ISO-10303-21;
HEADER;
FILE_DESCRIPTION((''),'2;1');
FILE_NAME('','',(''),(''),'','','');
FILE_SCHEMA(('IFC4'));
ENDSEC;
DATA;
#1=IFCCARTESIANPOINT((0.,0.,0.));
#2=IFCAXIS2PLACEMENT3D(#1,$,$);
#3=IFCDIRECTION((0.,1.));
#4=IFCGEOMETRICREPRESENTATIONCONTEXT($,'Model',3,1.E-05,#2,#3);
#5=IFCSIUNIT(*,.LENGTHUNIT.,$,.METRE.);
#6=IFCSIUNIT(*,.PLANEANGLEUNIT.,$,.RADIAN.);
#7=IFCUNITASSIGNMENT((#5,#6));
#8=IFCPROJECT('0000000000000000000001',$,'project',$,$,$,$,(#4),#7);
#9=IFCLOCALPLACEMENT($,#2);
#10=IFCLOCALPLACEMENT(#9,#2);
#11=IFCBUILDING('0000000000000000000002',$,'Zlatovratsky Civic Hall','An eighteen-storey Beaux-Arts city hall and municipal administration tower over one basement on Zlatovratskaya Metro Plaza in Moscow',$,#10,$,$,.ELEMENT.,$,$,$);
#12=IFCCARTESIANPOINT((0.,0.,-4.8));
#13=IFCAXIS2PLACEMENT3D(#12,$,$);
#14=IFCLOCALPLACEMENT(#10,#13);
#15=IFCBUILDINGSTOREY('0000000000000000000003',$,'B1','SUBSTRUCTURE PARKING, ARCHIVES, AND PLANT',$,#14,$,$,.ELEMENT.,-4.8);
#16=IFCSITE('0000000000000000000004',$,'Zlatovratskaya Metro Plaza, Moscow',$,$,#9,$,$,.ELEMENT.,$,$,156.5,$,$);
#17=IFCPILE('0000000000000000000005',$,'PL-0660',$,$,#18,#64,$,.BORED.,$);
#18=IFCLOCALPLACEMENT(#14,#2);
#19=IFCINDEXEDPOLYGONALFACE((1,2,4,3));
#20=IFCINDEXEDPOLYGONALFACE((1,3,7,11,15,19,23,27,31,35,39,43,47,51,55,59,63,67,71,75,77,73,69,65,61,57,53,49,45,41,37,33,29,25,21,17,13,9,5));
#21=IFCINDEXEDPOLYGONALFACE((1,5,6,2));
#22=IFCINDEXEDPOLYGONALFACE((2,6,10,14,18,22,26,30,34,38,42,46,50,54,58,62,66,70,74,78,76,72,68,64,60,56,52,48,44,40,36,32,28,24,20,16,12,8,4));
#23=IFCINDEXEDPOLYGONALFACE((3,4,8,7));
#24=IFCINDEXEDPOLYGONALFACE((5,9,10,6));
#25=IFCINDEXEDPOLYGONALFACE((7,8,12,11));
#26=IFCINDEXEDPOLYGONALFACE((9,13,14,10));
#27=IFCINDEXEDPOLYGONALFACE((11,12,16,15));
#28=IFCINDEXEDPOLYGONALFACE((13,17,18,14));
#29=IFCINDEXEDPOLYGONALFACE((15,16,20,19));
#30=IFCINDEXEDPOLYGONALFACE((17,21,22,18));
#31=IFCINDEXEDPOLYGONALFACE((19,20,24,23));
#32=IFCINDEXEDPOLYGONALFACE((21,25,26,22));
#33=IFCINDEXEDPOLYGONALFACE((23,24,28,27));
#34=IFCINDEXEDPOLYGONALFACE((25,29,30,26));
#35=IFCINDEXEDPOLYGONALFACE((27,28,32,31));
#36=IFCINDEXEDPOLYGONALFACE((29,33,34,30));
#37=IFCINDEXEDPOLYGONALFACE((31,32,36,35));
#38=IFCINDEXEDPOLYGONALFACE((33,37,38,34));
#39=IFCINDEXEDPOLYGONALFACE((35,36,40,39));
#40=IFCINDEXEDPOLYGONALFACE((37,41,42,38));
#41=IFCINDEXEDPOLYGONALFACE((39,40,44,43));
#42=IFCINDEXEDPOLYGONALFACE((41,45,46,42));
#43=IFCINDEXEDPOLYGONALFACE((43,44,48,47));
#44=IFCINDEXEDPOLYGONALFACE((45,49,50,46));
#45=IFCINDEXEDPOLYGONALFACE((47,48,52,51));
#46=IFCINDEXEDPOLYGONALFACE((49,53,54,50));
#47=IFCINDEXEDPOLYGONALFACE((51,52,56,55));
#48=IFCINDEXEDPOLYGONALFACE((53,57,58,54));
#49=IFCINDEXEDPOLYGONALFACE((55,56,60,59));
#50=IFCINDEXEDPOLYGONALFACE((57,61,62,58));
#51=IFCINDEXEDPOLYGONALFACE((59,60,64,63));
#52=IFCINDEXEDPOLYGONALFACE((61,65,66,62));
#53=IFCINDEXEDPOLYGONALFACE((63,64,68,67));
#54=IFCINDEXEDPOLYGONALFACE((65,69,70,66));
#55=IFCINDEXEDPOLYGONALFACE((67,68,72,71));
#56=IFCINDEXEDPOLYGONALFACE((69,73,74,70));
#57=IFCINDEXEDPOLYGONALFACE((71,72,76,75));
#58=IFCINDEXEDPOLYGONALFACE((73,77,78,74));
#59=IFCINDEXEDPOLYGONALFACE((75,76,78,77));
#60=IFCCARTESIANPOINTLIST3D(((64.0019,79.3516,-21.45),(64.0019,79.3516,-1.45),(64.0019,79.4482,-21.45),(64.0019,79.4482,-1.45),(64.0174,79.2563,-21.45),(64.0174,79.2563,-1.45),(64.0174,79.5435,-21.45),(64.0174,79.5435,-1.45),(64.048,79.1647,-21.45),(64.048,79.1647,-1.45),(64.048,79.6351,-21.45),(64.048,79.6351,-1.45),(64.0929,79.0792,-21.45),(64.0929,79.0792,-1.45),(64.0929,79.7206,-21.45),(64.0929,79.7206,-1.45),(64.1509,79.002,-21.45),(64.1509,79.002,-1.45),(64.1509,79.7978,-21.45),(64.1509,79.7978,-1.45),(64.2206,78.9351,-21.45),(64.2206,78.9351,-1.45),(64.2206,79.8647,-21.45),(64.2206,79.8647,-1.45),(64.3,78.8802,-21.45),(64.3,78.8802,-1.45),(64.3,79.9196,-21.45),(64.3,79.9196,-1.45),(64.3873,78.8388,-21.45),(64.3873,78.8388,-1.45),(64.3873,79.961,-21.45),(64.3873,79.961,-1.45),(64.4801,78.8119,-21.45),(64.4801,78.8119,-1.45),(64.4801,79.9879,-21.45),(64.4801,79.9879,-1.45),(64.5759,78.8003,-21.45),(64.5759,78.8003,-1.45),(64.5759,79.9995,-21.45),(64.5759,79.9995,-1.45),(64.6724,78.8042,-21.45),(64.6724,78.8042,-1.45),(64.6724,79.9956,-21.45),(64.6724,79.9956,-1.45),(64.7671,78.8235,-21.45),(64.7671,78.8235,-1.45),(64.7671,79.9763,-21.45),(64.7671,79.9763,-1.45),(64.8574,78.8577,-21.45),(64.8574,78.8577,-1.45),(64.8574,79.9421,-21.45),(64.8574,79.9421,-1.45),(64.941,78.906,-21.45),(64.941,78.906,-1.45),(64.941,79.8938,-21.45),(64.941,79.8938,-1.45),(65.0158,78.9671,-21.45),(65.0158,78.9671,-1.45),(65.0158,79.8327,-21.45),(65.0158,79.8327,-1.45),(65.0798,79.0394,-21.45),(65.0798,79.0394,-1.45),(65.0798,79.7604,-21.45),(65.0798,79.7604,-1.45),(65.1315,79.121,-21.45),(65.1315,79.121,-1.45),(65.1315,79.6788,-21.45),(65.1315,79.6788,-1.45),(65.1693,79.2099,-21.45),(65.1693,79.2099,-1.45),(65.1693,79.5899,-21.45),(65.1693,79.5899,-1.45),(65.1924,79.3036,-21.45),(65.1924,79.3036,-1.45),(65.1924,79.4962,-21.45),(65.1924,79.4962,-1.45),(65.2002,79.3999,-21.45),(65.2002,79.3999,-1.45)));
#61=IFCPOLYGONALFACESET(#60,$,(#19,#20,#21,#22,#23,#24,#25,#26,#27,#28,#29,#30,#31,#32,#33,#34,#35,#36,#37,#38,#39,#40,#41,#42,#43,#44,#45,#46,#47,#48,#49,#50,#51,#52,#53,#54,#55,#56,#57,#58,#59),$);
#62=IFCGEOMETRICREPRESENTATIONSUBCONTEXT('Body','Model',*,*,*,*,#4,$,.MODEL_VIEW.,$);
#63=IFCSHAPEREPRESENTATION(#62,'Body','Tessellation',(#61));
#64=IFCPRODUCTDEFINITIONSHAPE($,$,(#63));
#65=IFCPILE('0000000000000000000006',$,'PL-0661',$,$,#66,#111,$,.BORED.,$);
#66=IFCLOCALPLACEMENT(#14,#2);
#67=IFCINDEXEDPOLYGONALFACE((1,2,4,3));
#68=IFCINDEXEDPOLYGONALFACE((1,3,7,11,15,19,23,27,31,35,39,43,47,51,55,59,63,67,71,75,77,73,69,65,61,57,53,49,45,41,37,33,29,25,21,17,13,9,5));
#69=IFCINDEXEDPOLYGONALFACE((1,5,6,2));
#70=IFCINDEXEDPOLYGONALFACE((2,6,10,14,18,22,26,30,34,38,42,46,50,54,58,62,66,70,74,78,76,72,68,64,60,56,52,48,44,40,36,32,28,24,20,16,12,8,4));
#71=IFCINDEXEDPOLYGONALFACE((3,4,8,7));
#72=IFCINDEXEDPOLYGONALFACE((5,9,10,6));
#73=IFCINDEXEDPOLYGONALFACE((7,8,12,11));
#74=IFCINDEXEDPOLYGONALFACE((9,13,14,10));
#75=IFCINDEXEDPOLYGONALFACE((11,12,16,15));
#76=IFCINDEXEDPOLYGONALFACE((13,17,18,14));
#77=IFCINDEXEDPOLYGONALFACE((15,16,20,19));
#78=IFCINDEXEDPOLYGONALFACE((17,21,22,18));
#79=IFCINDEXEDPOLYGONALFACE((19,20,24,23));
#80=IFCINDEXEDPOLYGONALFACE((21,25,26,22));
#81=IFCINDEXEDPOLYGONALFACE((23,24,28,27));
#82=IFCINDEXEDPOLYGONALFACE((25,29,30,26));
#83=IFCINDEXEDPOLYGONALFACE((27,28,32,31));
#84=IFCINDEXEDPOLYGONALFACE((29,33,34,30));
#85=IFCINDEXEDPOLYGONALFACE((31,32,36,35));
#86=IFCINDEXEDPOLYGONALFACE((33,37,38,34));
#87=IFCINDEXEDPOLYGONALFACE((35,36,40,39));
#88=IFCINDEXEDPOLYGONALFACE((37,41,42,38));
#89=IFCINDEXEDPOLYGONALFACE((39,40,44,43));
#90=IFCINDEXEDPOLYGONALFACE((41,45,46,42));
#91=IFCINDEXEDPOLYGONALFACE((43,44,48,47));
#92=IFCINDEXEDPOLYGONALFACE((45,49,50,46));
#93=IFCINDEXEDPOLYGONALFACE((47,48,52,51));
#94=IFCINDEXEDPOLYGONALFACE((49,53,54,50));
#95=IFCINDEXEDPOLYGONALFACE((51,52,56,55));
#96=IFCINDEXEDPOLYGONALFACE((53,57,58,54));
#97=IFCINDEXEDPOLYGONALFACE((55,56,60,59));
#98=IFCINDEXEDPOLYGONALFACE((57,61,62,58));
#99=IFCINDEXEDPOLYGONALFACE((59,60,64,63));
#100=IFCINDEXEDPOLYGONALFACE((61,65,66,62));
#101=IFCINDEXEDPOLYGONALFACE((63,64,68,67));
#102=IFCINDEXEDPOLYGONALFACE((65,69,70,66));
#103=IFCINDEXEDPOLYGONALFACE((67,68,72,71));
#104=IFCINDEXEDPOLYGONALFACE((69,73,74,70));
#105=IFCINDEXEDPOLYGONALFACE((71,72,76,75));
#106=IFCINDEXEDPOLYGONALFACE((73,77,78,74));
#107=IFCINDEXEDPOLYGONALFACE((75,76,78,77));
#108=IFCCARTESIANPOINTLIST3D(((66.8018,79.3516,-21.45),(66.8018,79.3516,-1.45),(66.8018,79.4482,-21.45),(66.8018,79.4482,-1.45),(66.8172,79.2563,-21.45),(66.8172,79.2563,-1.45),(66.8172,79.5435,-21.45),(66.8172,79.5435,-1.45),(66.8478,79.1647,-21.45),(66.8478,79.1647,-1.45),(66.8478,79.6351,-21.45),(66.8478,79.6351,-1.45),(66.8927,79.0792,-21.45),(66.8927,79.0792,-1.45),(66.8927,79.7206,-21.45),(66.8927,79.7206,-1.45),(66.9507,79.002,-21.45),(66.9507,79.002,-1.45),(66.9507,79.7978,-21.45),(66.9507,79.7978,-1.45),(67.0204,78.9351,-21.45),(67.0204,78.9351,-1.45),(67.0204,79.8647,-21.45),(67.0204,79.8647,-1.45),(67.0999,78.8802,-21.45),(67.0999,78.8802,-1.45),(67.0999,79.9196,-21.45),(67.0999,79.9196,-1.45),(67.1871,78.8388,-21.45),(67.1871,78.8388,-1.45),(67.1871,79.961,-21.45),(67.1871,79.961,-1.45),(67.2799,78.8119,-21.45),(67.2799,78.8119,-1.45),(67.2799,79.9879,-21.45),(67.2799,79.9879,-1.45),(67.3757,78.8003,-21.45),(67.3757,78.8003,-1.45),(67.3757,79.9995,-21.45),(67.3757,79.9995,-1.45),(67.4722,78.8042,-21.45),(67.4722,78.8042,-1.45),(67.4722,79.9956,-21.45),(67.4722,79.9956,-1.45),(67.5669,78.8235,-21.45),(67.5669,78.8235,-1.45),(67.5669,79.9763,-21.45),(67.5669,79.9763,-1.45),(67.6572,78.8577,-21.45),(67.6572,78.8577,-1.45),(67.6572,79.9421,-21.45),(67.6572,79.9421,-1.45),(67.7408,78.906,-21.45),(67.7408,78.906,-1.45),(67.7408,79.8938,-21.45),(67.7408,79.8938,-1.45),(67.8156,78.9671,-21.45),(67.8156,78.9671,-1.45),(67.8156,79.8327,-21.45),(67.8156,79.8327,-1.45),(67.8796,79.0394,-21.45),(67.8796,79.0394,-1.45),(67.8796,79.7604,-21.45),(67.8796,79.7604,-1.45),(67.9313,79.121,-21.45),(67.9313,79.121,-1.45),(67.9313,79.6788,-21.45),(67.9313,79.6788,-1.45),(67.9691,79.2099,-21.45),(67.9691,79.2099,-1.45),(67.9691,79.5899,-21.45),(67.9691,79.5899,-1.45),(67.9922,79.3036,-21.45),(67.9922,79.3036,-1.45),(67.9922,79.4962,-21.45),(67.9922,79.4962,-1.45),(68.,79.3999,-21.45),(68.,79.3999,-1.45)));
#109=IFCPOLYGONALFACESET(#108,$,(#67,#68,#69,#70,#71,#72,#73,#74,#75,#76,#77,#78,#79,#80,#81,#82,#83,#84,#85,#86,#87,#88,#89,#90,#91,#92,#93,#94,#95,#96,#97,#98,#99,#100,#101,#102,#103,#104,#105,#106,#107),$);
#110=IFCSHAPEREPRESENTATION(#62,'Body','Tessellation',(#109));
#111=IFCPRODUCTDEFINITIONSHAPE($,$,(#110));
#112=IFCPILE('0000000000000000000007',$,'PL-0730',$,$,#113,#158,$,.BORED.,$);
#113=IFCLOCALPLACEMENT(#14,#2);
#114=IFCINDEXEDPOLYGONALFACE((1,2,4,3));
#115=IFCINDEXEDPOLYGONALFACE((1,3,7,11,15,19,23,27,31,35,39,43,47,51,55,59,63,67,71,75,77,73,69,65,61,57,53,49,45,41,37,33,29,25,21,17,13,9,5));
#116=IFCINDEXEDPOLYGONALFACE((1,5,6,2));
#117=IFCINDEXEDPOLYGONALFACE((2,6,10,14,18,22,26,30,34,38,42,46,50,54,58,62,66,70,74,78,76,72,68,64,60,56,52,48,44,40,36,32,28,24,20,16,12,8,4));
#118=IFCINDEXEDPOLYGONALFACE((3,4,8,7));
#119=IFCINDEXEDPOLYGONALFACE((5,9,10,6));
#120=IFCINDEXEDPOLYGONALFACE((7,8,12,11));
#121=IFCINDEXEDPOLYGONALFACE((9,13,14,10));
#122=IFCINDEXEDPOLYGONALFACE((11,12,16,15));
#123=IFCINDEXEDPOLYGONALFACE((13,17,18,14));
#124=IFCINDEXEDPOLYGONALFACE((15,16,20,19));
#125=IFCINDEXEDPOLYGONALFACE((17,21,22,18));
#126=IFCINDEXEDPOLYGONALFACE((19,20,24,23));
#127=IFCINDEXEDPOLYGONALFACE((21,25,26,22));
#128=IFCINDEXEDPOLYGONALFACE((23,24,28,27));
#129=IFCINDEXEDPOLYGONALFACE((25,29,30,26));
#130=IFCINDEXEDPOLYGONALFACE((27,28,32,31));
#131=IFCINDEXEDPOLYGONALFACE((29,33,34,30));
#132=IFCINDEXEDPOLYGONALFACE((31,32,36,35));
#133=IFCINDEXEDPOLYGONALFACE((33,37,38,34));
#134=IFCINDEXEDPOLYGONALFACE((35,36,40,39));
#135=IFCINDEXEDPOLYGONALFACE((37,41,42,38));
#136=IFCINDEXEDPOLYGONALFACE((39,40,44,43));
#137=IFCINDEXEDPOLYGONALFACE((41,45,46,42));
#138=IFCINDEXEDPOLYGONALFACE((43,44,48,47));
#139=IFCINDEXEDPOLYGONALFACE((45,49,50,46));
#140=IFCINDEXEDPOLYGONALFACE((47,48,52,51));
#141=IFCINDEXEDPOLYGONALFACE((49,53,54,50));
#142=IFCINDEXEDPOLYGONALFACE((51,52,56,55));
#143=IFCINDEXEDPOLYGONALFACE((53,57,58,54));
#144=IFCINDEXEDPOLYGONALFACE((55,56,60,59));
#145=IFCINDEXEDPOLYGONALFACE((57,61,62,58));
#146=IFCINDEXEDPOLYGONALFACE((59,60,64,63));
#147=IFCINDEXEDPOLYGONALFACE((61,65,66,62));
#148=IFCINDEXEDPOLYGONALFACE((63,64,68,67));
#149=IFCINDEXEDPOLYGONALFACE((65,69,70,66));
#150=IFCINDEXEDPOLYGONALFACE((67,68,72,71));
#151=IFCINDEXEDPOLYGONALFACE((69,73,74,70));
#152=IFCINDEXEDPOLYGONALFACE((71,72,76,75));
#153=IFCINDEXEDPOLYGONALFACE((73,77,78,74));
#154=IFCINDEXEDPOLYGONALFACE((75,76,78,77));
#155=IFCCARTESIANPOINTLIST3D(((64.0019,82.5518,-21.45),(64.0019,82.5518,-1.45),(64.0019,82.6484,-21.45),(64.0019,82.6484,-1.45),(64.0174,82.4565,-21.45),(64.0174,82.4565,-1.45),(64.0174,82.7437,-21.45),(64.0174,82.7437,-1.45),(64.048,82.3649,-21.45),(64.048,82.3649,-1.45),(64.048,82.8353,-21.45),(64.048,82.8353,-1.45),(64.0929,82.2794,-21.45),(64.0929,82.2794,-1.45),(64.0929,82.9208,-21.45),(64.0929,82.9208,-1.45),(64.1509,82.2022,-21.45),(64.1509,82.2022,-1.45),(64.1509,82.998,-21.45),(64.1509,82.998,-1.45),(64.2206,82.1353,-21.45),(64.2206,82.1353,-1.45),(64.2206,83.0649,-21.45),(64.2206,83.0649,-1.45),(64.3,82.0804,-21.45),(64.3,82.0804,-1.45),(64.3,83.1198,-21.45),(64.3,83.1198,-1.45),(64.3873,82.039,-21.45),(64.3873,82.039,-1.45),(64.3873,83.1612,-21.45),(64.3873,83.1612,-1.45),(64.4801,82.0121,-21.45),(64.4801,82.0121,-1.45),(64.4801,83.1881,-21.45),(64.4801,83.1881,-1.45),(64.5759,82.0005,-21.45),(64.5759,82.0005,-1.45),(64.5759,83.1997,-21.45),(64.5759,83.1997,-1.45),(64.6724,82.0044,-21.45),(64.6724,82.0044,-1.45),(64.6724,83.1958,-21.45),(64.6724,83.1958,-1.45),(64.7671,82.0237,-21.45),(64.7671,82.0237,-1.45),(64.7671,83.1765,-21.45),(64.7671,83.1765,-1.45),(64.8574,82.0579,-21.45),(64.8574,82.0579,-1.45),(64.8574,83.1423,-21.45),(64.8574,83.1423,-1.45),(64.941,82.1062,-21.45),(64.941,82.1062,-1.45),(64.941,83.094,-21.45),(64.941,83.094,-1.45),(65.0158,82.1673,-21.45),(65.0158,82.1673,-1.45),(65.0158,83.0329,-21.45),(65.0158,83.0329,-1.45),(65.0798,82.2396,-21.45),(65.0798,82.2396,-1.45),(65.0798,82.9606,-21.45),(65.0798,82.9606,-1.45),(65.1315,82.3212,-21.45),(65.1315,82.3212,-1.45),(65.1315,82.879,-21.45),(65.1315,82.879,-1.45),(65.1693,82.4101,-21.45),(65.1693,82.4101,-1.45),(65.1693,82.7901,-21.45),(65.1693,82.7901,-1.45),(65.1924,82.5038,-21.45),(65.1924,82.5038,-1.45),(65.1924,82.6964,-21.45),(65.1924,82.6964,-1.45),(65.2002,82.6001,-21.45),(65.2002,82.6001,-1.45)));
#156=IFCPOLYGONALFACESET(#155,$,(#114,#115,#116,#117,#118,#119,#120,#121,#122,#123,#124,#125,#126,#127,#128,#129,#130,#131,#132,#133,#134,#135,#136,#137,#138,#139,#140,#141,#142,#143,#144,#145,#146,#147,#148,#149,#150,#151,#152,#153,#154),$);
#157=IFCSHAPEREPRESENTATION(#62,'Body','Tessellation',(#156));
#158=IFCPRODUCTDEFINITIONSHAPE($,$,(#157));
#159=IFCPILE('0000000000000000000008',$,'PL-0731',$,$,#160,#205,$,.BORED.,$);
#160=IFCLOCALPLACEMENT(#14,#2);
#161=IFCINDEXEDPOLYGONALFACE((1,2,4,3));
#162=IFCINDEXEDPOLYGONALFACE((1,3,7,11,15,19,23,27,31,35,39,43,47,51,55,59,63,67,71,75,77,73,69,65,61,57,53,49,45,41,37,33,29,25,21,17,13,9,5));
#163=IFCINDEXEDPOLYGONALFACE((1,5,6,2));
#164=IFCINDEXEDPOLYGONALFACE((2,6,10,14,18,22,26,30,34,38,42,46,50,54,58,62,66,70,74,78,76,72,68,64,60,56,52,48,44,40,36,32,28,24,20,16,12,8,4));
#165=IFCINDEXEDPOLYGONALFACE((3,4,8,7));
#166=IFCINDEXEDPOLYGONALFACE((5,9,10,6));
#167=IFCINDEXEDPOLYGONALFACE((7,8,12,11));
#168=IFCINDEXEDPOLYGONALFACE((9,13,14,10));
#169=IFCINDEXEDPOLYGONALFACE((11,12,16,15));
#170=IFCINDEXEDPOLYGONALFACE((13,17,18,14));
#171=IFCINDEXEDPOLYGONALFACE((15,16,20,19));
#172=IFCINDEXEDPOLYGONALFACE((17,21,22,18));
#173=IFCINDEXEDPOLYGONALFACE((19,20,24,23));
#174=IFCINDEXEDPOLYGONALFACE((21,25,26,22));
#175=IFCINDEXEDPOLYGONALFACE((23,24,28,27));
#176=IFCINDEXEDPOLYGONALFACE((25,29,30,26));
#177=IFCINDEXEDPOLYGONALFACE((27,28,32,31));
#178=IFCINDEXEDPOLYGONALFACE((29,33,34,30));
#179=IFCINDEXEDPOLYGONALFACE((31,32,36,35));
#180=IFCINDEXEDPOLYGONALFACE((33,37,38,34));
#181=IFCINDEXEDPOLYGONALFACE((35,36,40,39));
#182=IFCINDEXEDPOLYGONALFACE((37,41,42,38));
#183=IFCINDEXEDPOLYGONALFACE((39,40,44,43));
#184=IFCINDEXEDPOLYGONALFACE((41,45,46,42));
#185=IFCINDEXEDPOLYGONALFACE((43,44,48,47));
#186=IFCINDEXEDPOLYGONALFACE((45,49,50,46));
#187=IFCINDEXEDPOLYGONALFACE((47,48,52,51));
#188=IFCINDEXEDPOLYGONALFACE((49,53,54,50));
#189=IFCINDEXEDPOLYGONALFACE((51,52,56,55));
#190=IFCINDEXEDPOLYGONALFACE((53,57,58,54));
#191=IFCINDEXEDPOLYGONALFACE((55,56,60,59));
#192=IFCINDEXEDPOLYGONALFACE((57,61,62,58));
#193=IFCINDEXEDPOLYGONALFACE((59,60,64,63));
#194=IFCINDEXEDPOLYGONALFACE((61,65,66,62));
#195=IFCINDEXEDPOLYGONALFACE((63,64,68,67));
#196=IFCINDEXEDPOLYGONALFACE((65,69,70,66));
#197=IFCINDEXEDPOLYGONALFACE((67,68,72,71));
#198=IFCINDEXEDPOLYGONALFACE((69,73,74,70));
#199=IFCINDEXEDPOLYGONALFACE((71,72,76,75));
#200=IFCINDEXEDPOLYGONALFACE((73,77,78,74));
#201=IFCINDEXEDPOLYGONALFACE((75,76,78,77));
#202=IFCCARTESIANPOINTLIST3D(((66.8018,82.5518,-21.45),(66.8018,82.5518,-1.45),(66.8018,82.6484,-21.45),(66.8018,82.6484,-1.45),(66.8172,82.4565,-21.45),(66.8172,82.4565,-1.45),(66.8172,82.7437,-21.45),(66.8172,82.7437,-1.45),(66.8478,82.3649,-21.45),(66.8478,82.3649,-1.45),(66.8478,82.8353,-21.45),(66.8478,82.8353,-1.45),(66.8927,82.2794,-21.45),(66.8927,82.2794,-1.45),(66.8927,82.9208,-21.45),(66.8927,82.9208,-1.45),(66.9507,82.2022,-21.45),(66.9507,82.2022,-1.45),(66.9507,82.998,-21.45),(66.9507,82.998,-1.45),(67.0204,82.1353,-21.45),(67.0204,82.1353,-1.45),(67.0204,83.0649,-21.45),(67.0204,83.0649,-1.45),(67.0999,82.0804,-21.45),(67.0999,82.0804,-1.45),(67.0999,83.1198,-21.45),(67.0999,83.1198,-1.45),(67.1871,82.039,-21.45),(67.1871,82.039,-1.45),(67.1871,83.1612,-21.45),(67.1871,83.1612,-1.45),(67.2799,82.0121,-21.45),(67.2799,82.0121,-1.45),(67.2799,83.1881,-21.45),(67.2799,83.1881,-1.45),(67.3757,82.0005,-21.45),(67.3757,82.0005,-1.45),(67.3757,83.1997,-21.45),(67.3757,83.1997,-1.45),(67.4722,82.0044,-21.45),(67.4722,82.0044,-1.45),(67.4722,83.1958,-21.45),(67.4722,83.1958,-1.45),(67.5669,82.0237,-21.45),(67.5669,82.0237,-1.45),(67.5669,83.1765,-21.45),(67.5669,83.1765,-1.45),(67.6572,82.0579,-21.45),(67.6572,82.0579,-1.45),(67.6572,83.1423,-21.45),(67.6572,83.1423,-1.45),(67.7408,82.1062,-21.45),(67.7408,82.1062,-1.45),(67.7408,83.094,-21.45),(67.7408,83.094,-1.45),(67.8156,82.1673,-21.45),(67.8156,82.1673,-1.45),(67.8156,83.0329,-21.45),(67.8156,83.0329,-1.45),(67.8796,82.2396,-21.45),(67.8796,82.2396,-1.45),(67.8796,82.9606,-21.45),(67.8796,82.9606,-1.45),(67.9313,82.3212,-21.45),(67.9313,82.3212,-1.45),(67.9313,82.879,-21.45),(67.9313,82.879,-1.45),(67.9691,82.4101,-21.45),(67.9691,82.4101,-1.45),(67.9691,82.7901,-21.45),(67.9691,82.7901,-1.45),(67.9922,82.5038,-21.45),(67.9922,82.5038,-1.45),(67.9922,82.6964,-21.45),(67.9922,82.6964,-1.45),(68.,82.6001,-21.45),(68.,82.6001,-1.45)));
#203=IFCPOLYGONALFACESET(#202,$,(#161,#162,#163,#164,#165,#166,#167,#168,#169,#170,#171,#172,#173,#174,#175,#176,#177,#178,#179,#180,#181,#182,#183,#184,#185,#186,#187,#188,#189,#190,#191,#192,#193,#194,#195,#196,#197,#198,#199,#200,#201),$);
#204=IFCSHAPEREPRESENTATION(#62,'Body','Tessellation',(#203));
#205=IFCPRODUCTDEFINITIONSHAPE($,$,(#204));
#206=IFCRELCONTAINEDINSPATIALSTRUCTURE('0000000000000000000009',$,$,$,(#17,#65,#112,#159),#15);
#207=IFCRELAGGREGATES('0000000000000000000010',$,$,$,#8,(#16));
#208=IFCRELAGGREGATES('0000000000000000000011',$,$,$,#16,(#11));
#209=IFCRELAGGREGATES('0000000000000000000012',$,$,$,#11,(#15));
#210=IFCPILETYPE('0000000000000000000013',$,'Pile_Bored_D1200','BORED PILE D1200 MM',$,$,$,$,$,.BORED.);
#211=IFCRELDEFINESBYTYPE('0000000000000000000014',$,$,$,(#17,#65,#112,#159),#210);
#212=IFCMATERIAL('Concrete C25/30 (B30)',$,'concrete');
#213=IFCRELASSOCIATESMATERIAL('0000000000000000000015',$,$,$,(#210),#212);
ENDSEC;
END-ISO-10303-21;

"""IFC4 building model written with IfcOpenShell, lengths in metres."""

from ifc_helpers import new_model, si_unit, direction, frame, origin, origin_2d, place, context, subcontext, project, spatial, circle, extrude, material, material_profile, profile_set, type_object, element, save


model = new_model("IFC4")

# Units and contexts
model_context = context("Model", 3, precision=1e-05, world=origin(), true_north=direction((0.0, 1.0)))
body_context = subcontext(model_context, "Body", "Model", "MODEL_VIEW")
ifc_project = project(units=[si_unit("LENGTHUNIT", "METRE"), si_unit("PLANEANGLEUNIT", "RADIAN")], contexts=[model_context])

# Site, building, storey
site_placement = place(None, origin())
site = spatial("IfcSite", under=ifc_project, at=site_placement, Name="Zlatovratskaya Metro Plaza, Moscow", CompositionType="ELEMENT", RefElevation=156.5)
building_placement = place(site_placement, origin())
building = spatial("IfcBuilding", under=site, at=building_placement, Name="Zlatovratsky Civic Hall", Description="An eighteen-storey Beaux-Arts city hall and municipal administration tower over one basement on Zlatovratskaya Metro Plaza in Moscow", CompositionType="ELEMENT")
storey_placement = place(building_placement, frame((0.0, 0.0, -4.8)))
storey = spatial("IfcBuildingStorey", under=building, at=storey_placement, Name="B1", Description="SUBSTRUCTURE PARKING, ARCHIVES, AND PLANT", CompositionType="ELEMENT", Elevation=-4.8)

# Shared definitions
ifc_material_1 = material(Name="Concrete C25/30 (B30)", Category="concrete")

# Piles
ifc_material_profile_1 = material_profile(ifc_material_1, circle(Radius=0.6001, at=origin_2d()), Name="PILE D1200")
ifc_profile_set_1 = profile_set([ifc_material_profile_1], Name="Concrete C25/30 (B30)")
pile_type_1 = type_object("IfcPileType", Name="Pile_Bored_D1200", Description="BORED PILE D1200 MM", PredefinedType="BORED", material=ifc_profile_set_1)
for number, where, z_axis, x_axis, name in (
    (1, (64.6001, 79.3999, -1.45), (0.0, 0.0, -1.0), (1.0, 0.0, 0.0), "PL-0660"),
    (2, (67.3999, 79.3999, -1.45), (0.0, 0.0, -1.0), (1.0, 0.0, 0.0), "PL-0661"),
    (3, (64.6001, 82.6001, -1.45), (0.0, 0.0, -1.0), (1.0, 0.0, 0.0), "PL-0730"),
    (4, (67.3999, 82.6001, -1.45), (0.0, 0.0, -1.0), (1.0, 0.0, 0.0), "PL-0731"),
):
    element("IfcPile", number, at=place(storey_placement, frame(where, z_axis=z_axis, x_axis=x_axis)), inside=storey, type_object=pile_type_1, Name=name, PredefinedType="BORED", context=body_context, shape_type="SweptSolid", body=[
        extrude(circle(Radius=0.6001, at=origin_2d()), origin(), (0.0, 0.0, 1.0), 20.0),
    ])

save(model, "model.ifc")
